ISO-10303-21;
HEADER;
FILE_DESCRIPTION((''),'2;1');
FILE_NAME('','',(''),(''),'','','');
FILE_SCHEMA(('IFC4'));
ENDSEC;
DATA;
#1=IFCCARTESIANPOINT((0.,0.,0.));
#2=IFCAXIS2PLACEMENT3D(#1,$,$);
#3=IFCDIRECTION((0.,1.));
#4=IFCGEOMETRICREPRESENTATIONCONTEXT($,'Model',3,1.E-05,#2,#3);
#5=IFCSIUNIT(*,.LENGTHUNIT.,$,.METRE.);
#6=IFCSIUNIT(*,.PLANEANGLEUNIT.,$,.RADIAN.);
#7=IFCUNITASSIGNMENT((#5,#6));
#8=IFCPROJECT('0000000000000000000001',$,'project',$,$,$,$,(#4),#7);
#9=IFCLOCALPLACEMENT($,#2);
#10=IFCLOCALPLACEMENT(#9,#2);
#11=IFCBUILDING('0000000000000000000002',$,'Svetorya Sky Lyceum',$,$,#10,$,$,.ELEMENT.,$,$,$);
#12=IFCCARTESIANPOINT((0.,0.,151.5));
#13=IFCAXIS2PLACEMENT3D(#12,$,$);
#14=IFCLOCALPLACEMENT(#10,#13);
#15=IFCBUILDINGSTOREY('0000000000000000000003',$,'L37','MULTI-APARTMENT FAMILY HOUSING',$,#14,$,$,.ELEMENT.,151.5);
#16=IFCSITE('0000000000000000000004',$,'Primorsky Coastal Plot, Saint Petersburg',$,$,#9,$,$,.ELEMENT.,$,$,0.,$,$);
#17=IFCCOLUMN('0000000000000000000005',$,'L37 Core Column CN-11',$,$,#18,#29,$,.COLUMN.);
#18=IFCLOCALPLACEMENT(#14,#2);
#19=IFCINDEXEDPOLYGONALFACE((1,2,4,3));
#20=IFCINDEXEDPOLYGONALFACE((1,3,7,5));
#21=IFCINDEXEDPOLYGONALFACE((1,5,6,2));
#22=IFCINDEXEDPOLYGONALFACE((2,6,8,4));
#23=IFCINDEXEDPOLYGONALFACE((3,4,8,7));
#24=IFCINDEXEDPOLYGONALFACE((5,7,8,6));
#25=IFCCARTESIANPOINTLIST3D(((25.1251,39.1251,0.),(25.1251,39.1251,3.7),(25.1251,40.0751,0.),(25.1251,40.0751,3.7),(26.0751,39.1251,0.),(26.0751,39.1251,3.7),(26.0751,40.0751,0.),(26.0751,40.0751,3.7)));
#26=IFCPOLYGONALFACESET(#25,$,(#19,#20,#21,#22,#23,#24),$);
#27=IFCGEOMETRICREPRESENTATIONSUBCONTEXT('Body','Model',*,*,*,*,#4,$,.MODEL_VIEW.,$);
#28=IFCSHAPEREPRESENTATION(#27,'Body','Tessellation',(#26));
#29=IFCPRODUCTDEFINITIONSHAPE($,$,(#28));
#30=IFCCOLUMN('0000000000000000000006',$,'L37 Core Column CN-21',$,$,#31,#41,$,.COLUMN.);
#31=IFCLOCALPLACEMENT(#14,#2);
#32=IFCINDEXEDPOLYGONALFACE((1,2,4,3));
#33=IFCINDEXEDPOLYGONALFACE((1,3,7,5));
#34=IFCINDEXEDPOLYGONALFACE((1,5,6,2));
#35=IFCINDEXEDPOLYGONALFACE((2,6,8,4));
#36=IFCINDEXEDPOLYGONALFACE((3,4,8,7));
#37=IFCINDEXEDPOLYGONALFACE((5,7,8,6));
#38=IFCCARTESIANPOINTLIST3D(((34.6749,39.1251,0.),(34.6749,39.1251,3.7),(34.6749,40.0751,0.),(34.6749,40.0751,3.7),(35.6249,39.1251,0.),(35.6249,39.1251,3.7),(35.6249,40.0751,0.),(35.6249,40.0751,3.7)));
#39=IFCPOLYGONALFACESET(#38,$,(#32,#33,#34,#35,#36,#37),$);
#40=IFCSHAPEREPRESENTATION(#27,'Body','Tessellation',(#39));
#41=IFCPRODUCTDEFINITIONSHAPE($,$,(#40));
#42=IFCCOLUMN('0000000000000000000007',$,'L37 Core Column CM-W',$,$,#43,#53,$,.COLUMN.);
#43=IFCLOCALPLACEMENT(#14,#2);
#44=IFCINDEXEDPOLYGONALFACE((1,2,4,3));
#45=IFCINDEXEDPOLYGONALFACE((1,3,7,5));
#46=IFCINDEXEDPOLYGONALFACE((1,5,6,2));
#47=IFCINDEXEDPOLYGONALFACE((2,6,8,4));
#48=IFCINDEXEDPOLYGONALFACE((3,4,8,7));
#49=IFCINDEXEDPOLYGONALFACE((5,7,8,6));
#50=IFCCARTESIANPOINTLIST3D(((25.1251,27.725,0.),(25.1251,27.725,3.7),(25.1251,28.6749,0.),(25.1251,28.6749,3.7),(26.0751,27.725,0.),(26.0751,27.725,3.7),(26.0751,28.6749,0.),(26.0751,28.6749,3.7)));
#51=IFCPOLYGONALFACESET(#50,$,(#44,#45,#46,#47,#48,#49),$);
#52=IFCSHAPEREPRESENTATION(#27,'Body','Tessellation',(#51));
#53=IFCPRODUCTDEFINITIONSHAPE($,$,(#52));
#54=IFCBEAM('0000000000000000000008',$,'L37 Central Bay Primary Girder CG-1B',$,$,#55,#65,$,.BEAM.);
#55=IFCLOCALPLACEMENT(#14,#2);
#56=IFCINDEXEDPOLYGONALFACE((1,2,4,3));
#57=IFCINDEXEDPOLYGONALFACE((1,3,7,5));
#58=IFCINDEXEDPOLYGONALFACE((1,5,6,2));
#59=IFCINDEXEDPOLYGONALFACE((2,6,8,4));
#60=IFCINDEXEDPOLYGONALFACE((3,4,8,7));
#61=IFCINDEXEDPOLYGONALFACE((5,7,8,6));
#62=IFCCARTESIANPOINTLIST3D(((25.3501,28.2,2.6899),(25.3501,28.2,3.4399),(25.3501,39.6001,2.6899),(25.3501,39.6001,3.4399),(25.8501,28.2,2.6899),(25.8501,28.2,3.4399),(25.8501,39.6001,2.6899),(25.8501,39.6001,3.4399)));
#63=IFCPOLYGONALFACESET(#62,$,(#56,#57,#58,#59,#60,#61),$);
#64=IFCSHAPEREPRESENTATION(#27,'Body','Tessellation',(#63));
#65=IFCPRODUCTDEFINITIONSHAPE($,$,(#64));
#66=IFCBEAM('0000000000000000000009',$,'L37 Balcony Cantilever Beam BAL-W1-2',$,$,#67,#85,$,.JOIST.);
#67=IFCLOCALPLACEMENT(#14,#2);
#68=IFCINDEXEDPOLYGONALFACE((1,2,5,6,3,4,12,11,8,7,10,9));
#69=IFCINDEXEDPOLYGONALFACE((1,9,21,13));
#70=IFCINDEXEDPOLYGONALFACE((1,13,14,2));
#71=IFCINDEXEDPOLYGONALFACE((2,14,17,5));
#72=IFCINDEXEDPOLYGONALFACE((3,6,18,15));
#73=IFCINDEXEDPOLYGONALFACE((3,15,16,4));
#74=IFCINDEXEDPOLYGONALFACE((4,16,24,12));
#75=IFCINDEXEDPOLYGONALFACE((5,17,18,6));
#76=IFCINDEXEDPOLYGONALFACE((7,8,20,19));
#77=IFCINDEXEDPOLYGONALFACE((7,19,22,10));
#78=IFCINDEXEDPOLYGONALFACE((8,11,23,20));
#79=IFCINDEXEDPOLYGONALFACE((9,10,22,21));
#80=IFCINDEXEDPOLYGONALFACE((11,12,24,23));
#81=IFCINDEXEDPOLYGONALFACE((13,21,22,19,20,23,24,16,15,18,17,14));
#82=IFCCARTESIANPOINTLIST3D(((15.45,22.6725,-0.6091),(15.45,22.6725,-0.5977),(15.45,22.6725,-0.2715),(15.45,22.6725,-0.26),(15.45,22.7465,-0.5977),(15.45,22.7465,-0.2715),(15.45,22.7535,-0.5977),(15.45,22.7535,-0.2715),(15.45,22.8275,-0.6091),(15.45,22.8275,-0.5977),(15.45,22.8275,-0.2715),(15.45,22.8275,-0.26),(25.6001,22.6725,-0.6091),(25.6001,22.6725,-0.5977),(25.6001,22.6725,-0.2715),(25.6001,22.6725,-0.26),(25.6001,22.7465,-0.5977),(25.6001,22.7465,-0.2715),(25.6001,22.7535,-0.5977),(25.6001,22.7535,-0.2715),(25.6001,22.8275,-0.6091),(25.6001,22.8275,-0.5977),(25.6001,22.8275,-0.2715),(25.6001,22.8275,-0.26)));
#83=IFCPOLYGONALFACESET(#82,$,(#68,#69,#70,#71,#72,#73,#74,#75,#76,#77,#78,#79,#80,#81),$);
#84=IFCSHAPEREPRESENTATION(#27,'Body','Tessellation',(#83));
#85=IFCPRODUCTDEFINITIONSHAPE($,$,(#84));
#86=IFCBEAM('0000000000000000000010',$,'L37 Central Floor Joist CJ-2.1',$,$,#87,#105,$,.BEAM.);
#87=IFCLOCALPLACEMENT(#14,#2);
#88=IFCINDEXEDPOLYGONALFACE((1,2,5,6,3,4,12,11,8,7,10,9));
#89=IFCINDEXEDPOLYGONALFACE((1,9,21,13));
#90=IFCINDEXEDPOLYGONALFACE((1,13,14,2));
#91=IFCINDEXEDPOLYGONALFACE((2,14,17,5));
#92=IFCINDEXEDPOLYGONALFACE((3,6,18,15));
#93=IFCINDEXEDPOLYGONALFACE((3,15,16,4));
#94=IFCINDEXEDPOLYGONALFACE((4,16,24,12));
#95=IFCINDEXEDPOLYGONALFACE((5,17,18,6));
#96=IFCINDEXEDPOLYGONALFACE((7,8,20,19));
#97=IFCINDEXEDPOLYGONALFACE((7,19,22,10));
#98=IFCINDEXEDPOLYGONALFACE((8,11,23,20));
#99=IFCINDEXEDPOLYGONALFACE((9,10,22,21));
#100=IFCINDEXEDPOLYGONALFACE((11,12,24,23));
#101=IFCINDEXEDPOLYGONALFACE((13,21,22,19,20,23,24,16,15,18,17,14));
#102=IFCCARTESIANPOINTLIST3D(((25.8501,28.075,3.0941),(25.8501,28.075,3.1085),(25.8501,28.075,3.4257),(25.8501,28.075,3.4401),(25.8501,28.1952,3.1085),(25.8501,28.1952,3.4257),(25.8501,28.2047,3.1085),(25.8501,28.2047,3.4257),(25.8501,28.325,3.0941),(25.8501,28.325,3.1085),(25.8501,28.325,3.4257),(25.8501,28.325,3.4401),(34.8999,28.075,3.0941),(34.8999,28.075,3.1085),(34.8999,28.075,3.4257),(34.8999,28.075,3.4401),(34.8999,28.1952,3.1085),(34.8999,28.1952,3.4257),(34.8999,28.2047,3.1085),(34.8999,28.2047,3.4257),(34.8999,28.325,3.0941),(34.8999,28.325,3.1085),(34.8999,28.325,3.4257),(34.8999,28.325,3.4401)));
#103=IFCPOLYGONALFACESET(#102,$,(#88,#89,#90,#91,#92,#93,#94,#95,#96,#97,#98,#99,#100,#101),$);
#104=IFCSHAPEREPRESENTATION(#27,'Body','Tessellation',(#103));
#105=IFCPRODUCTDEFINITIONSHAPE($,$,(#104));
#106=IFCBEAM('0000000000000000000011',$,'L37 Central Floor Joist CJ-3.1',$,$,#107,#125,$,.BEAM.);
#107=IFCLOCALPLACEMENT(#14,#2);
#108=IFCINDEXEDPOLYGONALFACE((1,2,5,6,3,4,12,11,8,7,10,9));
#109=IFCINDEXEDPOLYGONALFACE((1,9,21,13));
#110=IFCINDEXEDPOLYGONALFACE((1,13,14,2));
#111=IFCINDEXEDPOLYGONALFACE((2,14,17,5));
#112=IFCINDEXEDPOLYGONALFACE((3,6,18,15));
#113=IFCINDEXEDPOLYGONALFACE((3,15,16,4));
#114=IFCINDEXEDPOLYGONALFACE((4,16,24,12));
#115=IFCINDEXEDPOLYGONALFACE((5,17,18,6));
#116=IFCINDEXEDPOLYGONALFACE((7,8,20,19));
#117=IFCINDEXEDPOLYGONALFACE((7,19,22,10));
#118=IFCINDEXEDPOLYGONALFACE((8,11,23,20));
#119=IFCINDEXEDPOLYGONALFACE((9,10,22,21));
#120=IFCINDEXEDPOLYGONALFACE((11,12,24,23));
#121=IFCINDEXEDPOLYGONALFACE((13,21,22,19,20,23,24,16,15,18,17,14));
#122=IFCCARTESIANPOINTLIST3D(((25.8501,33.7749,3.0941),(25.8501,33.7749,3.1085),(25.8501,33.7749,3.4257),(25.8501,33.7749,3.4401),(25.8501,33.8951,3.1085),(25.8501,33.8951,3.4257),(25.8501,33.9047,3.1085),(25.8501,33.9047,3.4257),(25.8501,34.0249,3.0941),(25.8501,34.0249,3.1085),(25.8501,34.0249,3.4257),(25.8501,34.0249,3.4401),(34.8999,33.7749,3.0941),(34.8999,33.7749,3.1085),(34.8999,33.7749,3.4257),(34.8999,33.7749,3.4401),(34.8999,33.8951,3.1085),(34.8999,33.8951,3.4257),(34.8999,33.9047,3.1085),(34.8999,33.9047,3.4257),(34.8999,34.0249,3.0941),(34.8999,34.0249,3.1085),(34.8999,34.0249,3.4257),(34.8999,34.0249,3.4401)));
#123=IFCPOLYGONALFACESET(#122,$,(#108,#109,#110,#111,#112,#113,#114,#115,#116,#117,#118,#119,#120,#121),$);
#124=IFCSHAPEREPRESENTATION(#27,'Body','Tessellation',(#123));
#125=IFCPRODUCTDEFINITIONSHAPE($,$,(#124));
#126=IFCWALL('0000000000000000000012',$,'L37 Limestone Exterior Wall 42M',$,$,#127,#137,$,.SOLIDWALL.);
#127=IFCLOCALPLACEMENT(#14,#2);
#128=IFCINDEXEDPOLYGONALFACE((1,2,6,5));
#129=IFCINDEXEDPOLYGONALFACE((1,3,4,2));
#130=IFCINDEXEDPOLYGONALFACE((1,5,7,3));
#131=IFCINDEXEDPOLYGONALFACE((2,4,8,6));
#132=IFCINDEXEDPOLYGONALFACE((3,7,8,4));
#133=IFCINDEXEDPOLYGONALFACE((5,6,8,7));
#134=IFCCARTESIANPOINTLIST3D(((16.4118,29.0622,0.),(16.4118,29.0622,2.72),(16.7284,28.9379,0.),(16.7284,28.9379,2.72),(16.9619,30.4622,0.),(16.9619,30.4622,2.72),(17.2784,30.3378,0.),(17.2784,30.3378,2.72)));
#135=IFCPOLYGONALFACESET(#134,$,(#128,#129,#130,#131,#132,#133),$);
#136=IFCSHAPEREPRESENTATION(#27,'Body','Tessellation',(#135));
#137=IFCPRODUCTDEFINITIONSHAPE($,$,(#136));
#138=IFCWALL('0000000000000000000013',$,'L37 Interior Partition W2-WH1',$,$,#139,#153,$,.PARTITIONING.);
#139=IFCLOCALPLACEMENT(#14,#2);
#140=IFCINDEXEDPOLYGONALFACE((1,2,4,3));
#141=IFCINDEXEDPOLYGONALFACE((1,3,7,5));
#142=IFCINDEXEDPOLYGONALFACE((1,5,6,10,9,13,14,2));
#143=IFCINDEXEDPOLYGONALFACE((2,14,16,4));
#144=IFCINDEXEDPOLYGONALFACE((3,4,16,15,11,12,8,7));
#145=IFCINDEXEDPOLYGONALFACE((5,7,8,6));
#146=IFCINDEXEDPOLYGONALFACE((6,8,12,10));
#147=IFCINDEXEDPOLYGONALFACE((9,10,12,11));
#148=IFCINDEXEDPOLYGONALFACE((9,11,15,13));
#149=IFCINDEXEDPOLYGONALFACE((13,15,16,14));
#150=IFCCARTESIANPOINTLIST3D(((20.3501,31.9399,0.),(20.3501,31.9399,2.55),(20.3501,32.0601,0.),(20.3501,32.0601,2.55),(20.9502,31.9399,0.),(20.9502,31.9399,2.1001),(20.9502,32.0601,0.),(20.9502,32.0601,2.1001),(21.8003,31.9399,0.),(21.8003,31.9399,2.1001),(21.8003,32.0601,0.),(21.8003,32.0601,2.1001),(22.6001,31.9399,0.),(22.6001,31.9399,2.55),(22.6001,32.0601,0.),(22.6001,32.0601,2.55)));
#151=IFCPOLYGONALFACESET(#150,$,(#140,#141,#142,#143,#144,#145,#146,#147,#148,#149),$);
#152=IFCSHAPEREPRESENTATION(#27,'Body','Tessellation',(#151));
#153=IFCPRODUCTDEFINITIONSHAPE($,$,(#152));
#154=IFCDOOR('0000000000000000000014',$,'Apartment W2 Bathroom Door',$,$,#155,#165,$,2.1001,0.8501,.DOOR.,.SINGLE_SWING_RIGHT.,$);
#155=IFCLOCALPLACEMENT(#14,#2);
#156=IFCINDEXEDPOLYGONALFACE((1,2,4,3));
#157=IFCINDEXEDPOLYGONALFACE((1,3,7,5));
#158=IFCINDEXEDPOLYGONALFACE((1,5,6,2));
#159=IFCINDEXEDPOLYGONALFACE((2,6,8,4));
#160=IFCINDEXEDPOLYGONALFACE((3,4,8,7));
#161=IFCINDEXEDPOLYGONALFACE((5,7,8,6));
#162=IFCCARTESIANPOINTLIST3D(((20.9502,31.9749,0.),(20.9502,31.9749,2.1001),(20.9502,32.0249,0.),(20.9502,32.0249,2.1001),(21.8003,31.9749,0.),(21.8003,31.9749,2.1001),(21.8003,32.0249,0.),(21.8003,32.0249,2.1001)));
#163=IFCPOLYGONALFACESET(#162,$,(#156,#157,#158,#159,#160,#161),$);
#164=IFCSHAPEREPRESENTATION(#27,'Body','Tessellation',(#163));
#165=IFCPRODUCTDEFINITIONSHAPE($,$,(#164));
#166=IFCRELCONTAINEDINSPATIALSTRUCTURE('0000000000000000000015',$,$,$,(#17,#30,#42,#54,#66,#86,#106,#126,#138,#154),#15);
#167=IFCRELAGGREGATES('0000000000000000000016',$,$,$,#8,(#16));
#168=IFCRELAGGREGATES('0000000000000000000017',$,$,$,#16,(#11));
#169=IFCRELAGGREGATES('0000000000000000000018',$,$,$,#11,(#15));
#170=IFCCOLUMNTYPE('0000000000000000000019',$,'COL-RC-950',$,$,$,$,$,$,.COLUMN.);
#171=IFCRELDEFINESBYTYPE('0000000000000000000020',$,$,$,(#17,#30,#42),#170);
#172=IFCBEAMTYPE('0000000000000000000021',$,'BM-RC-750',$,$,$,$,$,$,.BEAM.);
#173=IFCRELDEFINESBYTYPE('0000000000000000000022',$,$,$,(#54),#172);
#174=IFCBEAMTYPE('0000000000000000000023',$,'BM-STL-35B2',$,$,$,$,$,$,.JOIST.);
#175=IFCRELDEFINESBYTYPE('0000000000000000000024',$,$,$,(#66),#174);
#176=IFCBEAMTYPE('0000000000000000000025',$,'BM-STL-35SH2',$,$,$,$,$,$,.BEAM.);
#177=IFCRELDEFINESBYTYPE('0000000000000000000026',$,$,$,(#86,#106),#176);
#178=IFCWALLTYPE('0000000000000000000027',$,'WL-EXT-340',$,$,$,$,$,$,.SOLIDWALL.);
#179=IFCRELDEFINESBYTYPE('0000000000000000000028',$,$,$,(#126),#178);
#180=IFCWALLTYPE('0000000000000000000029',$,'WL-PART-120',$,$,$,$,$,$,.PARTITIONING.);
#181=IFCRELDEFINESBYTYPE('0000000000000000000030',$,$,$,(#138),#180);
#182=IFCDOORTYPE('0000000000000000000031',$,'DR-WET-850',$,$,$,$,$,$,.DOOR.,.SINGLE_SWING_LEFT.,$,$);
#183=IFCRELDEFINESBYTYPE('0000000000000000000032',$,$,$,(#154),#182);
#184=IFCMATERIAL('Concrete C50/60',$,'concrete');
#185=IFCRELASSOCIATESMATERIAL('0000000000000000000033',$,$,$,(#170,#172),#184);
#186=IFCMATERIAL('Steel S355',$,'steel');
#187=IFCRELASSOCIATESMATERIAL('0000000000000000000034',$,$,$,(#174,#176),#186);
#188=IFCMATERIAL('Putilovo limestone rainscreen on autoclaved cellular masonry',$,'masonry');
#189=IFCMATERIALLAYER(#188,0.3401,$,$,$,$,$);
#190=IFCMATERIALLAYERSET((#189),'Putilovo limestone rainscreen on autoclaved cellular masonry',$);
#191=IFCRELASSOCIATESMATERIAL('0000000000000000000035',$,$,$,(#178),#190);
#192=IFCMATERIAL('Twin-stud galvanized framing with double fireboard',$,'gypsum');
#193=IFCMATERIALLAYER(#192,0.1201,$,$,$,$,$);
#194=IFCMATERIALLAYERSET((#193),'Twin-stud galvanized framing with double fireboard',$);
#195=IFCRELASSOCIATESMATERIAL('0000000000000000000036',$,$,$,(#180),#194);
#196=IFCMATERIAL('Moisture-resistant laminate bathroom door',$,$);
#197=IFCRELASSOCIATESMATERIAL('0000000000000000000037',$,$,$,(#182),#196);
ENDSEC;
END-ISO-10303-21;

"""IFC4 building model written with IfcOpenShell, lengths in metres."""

from ifc_helpers import new_model, si_unit, direction, frame, frame_2d, origin, origin_2d, place, context, subcontext, project, spatial, rectangle, i_section, extrude, material, layer, layer_set, material_profile, profile_set, type_object, element, fill, save


model = new_model("IFC4")

# Units and contexts
model_context = context("Model", 3, precision=1e-05, world=origin(), true_north=direction((0.0, 1.0)))
body_context = subcontext(model_context, "Body", "Model", "MODEL_VIEW")
ifc_project = project(units=[si_unit("LENGTHUNIT", "METRE"), si_unit("PLANEANGLEUNIT", "RADIAN")], contexts=[model_context])

# Site, building, storey
site_placement = place(None, origin())
site = spatial("IfcSite", under=ifc_project, at=site_placement, Name="Primorsky Coastal Plot, Saint Petersburg", CompositionType="ELEMENT", RefElevation=0.0)
building_placement = place(site_placement, origin())
building = spatial("IfcBuilding", under=site, at=building_placement, Name="Svetorya Sky Lyceum", CompositionType="ELEMENT")
storey_placement = place(building_placement, frame((0.0, 0.0, 151.5)))
storey = spatial("IfcBuildingStorey", under=building, at=storey_placement, Name="L37", Description="MULTI-APARTMENT FAMILY HOUSING", CompositionType="ELEMENT", Elevation=151.5)

# Columns
ifc_material_1 = material(Name="Concrete C50/60", Category="concrete")
ifc_material_profile_1 = material_profile(ifc_material_1, rectangle(XDim=0.95, YDim=0.95, at=origin_2d()), Name="RC COL 950x950")
ifc_profile_set_1 = profile_set([ifc_material_profile_1], Name="Concrete C50/60")
column_type = type_object("IfcColumnType", Name="COL-RC-950", PredefinedType="COLUMN", material=ifc_profile_set_1)
for number, where, z_axis, x_axis, name in (
    (1, (25.6001, 39.6001, 0.0), (0.0, 0.0, 1.0), (1.0, 0.0, 0.0), "L37 Core Column CN-11"),
    (2, (35.1499, 39.6001, 0.0), (0.0, 0.0, 1.0), (1.0, 0.0, 0.0), "L37 Core Column CN-21"),
    (3, (25.6001, 28.2, 0.0), (0.0, 0.0, 1.0), (1.0, 0.0, 0.0), "L37 Core Column CM-W"),
):
    element("IfcColumn", number, at=place(storey_placement, frame(where, z_axis=z_axis, x_axis=x_axis)), inside=storey, type_object=column_type, Name=name, PredefinedType="COLUMN", context=body_context, shape_type="SweptSolid", body=[
        extrude(rectangle(XDim=0.95, YDim=0.95, at=origin_2d()), origin(), (0.0, 0.0, 1.0), 3.7),
    ])

# Beams
ifc_material_profile_2 = material_profile(ifc_material_1, rectangle(XDim=0.5, YDim=0.75, at=origin_2d()), Name="RC BEAM 500x750")
ifc_profile_set_2 = profile_set([ifc_material_profile_2], Name="Concrete C50/60")
beam_type_1 = type_object("IfcBeamType", Name="BM-RC-750", PredefinedType="BEAM", material=ifc_profile_set_2)
beam_1_placement = place(storey_placement, frame((25.6001, 28.2, 3.0649), z_axis=(0.0, 1.0, 0.0), x_axis=(-1.0, 0.0, 0.0)))
element("IfcBeam", 4, at=beam_1_placement, inside=storey, type_object=beam_type_1, Name="L37 Central Bay Primary Girder CG-1B", PredefinedType="BEAM", context=body_context, shape_type="SweptSolid", body=[
    extrude(rectangle(XDim=0.5, YDim=0.75, at=origin_2d()), origin(), (0.0, 0.0, 1.0), 11.4001),
])
ifc_material_2 = material(Name="Steel S355", Category="steel")
ifc_material_profile_3 = material_profile(ifc_material_2, i_section(OverallWidth=0.155, OverallDepth=0.3491, WebThickness=0.0071, FlangeThickness=0.0115, at=origin_2d()), Name="GOST 35B2")
ifc_profile_set_3 = profile_set([ifc_material_profile_3], Name="Steel S355")
beam_type_2 = type_object("IfcBeamType", Name="BM-STL-35B2", PredefinedType="JOIST", material=ifc_profile_set_3)
beam_2_placement = place(storey_placement, frame((25.6001, 22.75, -0.4346), z_axis=(-1.0, 0.0, 0.0), x_axis=(0.0, -1.0, 0.0)))
element("IfcBeam", 5, at=beam_2_placement, inside=storey, type_object=beam_type_2, Name="L37 Balcony Cantilever Beam BAL-W1-2", PredefinedType="JOIST", context=body_context, shape_type="SweptSolid", body=[
    extrude(i_section(OverallWidth=0.155, OverallDepth=0.3491, WebThickness=0.0071, FlangeThickness=0.0115, at=origin_2d()), origin(), (0.0, 0.0, 1.0), 10.1501),
])
ifc_material_profile_4 = material_profile(ifc_material_2, i_section(OverallWidth=0.25, OverallDepth=0.3459, WebThickness=0.0095, FlangeThickness=0.0144, at=origin_2d()), Name="GOST 35Sh2")
ifc_profile_set_4 = profile_set([ifc_material_profile_4], Name="Steel S355")
beam_type_3 = type_object("IfcBeamType", Name="BM-STL-35SH2", PredefinedType="BEAM", material=ifc_profile_set_4)
for number, where, z_axis, x_axis, name in (
    (6, (25.8501, 28.2, 3.2671), (1.0, 0.0, 0.0), (0.0, 1.0, 0.0), "L37 Central Floor Joist CJ-2.1"),
    (7, (25.8501, 33.8999, 3.2671), (1.0, 0.0, 0.0), (0.0, 1.0, 0.0), "L37 Central Floor Joist CJ-3.1"),
):
    element("IfcBeam", number, at=place(storey_placement, frame(where, z_axis=z_axis, x_axis=x_axis)), inside=storey, type_object=beam_type_3, Name=name, PredefinedType="BEAM", context=body_context, shape_type="SweptSolid", body=[
        extrude(i_section(OverallWidth=0.25, OverallDepth=0.3459, WebThickness=0.0095, FlangeThickness=0.0144, at=origin_2d()), origin(), (0.0, 0.0, 1.0), 9.0498),
    ])

# Wall
ifc_material_3 = material(Name="Putilovo limestone rainscreen on autoclaved cellular masonry", Category="masonry")
ifc_layer_1 = layer(ifc_material_3, 0.3401)
ifc_layer_set_1 = layer_set([ifc_layer_1], Name="Putilovo limestone rainscreen on autoclaved cellular masonry")
wall_type_1 = type_object("IfcWallType", Name="WL-EXT-340", PredefinedType="SOLIDWALL", material=ifc_layer_set_1)
wall_1_placement = place(storey_placement, frame((17.1201, 30.3999, 0.0), z_axis=(0.0, 0.0, 1.0), x_axis=(-0.365703, -0.930732, 0.0)))
element("IfcWall", 8, at=wall_1_placement, inside=storey, type_object=wall_type_1, Name="L37 Limestone Exterior Wall 42M", PredefinedType="SOLIDWALL", context=body_context, shape_type="SweptSolid", body=[
    extrude(rectangle(XDim=1.5042, YDim=0.3401, at=frame_2d((0.752, 0.0))), origin(), (0.0, 0.0, 1.0), 2.72),
])

# Wall, opening, door
ifc_material_4 = material(Name="Twin-stud galvanized framing with double fireboard", Category="gypsum")
ifc_layer_2 = layer(ifc_material_4, 0.1201)
ifc_layer_set_2 = layer_set([ifc_layer_2], Name="Twin-stud galvanized framing with double fireboard")
wall_type_2 = type_object("IfcWallType", Name="WL-PART-120", PredefinedType="PARTITIONING", material=ifc_layer_set_2)
wall_2_placement = place(storey_placement, frame((20.3501, 32.0, 0.0), z_axis=(0.0, 0.0, 1.0), x_axis=(1.0, 0.0, 0.0)))
wall_2 = element("IfcWall", 9, at=wall_2_placement, inside=storey, type_object=wall_type_2, Name="L37 Interior Partition W2-WH1", PredefinedType="PARTITIONING", context=body_context, shape_type="SweptSolid", body=[
    extrude(rectangle(XDim=2.25, YDim=0.1201, at=frame_2d((1.125, 0.0))), origin(), (0.0, 0.0, 1.0), 2.55),
])
opening_1_placement = place(wall_2_placement, frame((0.6001, 0.0, 0.0)))
opening_1 = element("IfcOpeningElement", 10, at=opening_1_placement, cuts=wall_2, PredefinedType="OPENING", context=body_context, shape_type="SweptSolid", body=[
    extrude(rectangle(XDim=0.8501, YDim=2.1001, at=frame_2d((0.425, 1.05))), frame((0.0, 0.0701, 0.0), z_axis=(0.0, -1.0, 0.0), x_axis=(1.0, 0.0, 0.0)), (0.0, 0.0, 1.0), 0.1401),
])
ifc_material_5 = material(Name="Moisture-resistant laminate bathroom door")
door_type_1 = type_object("IfcDoorType", Name="DR-WET-850", OperationType="SINGLE_SWING_LEFT", PredefinedType="DOOR", material=ifc_material_5)
door_1_placement = place(opening_1_placement, origin())
door_1 = element("IfcDoor", 11, at=door_1_placement, inside=storey, type_object=door_type_1, Name="Apartment W2 Bathroom Door", OperationType="SINGLE_SWING_RIGHT", OverallHeight=2.1001, OverallWidth=0.8501, PredefinedType="DOOR", context=body_context, shape_type="SweptSolid", body=[
    extrude(rectangle(XDim=0.8501, YDim=2.1001, at=frame_2d((0.425, 1.05))), frame((0.0, 0.0249, 0.0), z_axis=(0.0, -1.0, 0.0), x_axis=(1.0, 0.0, 0.0)), (0.0, 0.0, 1.0), 0.05),
])
fill(opening_1, door_1)

save(model, "model.ifc")
